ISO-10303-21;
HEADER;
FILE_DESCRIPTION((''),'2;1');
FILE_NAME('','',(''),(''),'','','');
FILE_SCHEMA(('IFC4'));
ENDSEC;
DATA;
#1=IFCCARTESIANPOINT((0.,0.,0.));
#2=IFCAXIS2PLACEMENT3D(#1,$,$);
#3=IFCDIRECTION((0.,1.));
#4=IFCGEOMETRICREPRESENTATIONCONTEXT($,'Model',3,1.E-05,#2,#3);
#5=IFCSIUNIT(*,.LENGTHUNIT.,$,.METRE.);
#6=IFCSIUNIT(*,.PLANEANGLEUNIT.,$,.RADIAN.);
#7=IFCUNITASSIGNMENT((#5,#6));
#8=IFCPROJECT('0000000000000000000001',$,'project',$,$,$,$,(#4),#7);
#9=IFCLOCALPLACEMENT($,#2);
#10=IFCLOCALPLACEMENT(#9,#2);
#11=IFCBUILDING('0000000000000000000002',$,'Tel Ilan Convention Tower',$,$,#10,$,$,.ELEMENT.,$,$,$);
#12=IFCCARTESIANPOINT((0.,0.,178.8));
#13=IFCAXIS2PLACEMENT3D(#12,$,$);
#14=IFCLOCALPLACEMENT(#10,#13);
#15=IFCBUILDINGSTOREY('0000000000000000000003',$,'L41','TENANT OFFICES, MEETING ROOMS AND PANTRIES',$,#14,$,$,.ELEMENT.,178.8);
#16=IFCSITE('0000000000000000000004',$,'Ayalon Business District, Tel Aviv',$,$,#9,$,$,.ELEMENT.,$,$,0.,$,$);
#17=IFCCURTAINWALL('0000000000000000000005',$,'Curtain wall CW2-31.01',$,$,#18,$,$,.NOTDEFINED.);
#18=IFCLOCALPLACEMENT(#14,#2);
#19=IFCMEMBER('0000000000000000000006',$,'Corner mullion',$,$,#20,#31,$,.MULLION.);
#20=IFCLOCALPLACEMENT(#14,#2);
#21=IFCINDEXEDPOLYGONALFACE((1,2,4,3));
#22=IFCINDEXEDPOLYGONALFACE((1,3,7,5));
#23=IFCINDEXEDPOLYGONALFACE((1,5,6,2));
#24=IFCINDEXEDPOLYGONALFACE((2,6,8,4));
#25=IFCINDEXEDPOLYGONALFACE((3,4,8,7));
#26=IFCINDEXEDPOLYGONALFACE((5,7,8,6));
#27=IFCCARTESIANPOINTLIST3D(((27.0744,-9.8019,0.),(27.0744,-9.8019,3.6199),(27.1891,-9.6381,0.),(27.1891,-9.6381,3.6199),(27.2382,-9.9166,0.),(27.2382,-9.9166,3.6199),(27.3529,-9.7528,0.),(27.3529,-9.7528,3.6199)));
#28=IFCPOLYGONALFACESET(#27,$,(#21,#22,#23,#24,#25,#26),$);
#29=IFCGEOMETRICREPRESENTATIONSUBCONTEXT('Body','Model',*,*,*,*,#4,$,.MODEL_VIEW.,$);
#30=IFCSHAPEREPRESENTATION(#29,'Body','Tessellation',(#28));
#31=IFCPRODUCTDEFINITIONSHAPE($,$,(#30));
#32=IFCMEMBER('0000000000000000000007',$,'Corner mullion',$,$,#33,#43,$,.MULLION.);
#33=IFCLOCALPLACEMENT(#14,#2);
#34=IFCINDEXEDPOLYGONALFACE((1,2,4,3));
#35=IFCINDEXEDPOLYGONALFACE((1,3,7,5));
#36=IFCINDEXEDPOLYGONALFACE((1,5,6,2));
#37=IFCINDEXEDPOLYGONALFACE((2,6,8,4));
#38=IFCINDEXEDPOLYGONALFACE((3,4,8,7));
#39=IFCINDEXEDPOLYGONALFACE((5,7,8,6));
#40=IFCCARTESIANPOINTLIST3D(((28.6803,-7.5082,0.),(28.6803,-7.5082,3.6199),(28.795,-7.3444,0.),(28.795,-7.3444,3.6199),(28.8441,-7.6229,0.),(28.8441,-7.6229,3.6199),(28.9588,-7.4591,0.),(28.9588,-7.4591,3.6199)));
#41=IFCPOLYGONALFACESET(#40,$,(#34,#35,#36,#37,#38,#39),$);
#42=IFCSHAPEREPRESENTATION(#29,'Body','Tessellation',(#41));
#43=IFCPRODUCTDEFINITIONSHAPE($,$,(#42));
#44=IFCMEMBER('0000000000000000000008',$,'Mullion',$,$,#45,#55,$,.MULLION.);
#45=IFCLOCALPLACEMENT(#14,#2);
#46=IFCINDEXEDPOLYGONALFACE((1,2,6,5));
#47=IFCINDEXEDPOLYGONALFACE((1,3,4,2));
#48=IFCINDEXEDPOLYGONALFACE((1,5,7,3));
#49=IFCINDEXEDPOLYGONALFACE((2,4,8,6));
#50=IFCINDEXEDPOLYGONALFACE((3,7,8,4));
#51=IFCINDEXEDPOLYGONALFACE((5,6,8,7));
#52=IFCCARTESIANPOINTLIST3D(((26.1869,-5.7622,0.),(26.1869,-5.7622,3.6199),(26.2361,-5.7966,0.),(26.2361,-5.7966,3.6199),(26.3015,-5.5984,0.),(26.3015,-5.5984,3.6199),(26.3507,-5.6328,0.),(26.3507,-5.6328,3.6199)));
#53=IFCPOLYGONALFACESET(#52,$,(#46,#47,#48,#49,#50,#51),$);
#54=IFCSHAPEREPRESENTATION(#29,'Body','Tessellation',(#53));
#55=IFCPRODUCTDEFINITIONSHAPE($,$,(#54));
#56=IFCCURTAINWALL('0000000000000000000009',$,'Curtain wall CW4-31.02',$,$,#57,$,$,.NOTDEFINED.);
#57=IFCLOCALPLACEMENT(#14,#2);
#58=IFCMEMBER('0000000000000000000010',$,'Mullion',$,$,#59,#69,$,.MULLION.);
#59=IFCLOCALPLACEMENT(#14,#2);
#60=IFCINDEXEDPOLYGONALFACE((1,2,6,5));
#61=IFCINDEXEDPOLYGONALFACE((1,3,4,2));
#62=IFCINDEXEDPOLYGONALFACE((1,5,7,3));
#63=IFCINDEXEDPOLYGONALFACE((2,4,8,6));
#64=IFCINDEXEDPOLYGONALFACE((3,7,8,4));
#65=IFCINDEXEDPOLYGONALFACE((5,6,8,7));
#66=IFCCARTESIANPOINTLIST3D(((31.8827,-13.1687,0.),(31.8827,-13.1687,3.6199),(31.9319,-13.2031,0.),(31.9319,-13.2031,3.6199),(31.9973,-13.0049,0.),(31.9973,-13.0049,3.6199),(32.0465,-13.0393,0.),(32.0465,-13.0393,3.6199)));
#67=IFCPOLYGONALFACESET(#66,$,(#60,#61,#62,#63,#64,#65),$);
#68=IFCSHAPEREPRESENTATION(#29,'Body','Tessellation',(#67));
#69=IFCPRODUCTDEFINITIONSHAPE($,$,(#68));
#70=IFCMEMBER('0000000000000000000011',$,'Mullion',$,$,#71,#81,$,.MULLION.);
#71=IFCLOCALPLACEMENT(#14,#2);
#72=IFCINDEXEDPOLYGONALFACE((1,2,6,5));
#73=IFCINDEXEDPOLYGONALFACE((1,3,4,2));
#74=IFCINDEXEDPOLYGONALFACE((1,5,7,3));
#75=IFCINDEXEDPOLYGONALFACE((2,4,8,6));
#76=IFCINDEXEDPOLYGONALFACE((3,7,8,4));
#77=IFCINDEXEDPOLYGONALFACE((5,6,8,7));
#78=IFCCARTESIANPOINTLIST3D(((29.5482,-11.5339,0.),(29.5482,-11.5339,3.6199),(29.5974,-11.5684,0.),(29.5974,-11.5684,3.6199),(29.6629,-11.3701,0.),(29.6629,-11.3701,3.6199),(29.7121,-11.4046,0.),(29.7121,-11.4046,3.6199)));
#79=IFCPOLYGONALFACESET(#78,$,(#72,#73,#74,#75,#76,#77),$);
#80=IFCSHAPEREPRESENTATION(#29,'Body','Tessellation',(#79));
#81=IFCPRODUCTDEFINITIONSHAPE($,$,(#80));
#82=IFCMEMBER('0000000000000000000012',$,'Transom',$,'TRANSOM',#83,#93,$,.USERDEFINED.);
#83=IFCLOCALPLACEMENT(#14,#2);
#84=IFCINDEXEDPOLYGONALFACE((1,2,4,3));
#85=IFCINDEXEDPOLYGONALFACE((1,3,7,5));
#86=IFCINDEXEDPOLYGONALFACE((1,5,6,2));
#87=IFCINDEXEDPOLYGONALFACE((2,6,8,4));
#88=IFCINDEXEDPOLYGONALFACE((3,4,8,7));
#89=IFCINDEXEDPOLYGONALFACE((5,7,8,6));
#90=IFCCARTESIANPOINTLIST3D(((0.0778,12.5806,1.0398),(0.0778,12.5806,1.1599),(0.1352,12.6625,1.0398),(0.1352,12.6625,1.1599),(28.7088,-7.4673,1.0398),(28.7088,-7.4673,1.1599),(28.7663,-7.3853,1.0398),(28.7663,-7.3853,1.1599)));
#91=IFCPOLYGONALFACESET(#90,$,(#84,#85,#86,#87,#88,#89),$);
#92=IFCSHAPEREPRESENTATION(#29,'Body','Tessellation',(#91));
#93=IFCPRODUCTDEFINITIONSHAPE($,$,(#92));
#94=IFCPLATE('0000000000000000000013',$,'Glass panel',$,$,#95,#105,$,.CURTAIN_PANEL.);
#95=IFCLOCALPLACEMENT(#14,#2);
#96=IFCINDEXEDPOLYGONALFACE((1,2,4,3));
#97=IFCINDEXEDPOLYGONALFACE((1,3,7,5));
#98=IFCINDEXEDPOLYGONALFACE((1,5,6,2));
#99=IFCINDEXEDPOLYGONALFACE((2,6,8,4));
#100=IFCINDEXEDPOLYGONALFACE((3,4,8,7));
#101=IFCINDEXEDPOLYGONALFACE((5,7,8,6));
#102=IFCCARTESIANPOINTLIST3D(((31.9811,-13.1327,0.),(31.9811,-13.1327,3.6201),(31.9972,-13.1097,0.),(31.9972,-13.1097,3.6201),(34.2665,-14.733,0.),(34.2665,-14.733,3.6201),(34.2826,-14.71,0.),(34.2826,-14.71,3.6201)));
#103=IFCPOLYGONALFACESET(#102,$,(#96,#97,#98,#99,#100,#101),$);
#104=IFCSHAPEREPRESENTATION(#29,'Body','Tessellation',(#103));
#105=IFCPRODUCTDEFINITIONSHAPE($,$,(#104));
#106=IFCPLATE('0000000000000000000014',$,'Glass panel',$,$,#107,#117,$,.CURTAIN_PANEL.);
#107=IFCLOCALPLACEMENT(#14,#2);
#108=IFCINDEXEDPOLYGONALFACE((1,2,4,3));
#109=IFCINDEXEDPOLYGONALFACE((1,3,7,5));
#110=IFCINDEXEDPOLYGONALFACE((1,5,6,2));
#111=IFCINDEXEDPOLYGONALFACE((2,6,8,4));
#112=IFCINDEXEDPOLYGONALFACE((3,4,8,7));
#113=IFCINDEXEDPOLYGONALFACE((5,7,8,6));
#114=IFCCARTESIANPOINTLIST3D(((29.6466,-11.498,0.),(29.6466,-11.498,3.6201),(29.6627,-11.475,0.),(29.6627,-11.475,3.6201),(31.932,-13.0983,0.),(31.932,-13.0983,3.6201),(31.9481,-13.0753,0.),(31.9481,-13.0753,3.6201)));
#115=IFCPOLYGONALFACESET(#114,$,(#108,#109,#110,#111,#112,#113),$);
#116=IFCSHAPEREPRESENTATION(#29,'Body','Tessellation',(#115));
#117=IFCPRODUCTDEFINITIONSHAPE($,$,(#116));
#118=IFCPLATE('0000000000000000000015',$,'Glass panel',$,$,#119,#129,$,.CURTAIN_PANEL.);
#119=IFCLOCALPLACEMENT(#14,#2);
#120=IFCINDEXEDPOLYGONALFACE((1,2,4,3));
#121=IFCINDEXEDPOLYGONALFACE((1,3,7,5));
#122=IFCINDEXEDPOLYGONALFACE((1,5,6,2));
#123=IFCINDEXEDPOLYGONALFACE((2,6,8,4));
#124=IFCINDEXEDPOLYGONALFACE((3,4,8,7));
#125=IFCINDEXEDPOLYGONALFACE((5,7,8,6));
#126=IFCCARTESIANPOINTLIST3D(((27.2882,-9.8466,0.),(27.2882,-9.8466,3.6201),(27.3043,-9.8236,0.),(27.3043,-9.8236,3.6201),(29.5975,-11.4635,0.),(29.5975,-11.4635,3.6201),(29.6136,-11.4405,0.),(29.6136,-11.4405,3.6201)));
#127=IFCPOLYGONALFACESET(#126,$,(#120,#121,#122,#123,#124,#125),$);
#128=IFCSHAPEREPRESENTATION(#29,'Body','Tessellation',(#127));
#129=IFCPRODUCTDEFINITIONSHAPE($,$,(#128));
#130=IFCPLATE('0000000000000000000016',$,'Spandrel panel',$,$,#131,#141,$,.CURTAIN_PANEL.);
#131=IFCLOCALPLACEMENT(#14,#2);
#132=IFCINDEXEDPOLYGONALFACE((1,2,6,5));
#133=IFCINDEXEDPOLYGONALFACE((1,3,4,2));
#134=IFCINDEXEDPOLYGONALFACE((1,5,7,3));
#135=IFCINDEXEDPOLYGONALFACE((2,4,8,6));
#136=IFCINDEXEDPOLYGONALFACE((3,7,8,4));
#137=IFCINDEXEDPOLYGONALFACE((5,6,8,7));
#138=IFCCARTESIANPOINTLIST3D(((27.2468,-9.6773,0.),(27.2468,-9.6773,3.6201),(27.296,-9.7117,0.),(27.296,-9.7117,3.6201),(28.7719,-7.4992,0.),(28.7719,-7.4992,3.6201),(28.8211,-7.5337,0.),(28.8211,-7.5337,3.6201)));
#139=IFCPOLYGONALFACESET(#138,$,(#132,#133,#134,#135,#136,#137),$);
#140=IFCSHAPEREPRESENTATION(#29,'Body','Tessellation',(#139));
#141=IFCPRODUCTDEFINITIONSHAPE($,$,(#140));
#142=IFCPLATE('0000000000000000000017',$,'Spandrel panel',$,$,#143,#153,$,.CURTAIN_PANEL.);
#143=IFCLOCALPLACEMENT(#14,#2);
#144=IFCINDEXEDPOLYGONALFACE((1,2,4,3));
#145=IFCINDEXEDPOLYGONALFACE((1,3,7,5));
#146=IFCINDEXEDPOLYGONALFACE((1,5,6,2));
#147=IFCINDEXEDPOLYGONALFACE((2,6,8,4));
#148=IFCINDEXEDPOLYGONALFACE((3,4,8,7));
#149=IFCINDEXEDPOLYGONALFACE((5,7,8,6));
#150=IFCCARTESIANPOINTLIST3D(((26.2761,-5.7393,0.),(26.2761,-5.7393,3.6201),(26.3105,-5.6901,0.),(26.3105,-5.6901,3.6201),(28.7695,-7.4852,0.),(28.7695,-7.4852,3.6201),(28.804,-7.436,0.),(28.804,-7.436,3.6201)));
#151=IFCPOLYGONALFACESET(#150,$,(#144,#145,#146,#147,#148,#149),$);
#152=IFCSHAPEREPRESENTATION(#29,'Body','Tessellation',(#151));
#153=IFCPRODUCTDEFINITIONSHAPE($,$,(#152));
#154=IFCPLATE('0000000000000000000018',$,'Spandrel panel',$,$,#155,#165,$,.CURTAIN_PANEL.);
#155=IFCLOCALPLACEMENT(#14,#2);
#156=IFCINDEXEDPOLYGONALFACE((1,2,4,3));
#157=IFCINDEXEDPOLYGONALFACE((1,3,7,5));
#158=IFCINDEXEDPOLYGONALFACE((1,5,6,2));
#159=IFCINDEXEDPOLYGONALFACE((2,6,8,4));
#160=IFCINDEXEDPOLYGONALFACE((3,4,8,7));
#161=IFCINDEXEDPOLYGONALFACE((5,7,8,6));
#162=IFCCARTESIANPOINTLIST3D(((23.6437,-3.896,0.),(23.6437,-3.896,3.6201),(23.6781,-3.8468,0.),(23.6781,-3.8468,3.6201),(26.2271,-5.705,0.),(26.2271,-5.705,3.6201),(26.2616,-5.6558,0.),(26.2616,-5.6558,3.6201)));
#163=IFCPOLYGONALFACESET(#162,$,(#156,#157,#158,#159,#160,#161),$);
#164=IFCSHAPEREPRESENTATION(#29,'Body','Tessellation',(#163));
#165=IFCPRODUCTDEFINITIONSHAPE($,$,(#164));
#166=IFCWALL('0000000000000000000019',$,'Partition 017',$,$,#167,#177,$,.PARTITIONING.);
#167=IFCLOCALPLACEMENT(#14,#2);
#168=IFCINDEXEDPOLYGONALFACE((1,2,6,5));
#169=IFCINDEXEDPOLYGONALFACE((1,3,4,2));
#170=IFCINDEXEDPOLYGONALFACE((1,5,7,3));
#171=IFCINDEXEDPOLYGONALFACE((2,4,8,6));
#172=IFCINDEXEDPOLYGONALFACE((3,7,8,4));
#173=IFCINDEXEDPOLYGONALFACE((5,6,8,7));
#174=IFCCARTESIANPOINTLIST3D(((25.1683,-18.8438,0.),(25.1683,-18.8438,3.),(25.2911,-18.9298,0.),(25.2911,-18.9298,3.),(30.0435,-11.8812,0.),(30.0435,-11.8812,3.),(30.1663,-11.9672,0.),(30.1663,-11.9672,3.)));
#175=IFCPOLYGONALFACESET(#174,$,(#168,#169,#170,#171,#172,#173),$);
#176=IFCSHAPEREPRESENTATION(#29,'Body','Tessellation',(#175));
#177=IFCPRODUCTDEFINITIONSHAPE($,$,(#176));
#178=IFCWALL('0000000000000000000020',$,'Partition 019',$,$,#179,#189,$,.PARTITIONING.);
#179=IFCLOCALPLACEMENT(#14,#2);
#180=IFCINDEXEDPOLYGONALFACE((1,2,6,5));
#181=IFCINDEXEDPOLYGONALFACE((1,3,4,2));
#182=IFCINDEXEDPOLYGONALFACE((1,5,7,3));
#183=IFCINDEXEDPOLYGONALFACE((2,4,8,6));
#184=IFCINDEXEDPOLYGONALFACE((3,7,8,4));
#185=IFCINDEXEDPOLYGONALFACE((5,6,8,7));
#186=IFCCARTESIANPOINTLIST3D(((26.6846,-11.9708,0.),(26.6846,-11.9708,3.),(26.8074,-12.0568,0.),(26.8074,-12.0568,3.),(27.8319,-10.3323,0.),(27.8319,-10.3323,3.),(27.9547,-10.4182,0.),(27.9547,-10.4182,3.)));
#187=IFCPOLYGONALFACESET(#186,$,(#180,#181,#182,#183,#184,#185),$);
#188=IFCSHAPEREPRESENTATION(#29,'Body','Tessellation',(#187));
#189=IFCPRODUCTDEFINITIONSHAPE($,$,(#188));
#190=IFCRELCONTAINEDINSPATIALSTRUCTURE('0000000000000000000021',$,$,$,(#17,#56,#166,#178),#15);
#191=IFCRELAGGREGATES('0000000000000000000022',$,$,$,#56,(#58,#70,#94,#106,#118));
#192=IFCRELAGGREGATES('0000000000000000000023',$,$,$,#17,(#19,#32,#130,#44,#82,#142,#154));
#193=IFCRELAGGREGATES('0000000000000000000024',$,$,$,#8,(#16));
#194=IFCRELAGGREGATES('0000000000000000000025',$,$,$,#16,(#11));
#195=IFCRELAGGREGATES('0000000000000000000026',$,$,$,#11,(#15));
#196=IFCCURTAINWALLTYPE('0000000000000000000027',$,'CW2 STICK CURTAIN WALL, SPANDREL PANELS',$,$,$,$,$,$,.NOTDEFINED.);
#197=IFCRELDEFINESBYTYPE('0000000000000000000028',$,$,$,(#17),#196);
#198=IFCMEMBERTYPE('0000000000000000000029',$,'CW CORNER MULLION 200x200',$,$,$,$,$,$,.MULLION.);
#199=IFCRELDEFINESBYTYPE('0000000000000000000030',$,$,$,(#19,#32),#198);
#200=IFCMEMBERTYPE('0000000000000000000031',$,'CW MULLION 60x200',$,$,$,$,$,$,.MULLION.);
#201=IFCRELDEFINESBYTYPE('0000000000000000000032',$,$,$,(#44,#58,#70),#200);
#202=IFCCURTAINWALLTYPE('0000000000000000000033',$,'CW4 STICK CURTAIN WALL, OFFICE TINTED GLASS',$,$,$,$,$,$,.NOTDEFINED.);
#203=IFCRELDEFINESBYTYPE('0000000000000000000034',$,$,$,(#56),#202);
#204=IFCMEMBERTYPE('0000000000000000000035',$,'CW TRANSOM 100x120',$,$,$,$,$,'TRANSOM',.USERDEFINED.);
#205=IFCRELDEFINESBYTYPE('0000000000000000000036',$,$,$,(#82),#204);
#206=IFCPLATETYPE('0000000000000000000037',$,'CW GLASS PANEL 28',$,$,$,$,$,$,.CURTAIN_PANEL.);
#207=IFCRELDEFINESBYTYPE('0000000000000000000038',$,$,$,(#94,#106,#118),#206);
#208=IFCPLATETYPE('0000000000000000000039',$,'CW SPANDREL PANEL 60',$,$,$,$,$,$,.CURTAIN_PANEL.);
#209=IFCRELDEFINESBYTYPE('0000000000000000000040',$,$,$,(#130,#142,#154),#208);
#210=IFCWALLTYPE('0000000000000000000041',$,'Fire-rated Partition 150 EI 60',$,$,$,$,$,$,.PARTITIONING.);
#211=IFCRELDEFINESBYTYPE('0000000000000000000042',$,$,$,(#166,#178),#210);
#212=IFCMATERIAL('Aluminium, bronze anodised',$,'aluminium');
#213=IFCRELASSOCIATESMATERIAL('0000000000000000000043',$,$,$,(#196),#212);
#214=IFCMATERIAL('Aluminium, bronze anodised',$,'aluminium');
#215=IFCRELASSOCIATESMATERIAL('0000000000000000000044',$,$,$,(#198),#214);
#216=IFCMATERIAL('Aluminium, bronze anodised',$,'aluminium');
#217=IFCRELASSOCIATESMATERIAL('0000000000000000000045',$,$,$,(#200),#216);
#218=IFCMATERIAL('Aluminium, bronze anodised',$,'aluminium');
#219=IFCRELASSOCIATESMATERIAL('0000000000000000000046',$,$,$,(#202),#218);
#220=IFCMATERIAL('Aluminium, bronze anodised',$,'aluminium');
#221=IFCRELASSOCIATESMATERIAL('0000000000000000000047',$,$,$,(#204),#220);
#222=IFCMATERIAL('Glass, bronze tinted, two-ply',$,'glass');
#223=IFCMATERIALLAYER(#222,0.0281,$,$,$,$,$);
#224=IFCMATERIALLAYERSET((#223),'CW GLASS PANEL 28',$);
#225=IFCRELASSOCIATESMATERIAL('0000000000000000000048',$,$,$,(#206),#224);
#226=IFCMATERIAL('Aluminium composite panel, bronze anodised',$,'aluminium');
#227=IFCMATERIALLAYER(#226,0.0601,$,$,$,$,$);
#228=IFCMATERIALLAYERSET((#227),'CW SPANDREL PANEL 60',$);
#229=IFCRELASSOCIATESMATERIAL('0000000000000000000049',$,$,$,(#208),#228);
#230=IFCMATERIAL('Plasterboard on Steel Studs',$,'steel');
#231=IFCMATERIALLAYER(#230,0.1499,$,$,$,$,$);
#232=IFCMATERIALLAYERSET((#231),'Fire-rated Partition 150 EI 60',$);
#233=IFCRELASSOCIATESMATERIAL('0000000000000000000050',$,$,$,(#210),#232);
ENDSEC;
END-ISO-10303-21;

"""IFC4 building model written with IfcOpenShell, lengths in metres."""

from ifc_helpers import new_model, si_unit, direction, frame, frame_2d, origin, origin_2d, place, context, subcontext, project, spatial, rectangle, extrude, material, layer, layer_set, material_profile, profile_set, type_object, element, aggregate, save


model = new_model("IFC4")

# Units and contexts
model_context = context("Model", 3, precision=1e-05, world=origin(), true_north=direction((0.0, 1.0)))
body_context = subcontext(model_context, "Body", "Model", "MODEL_VIEW")
ifc_project = project(units=[si_unit("LENGTHUNIT", "METRE"), si_unit("PLANEANGLEUNIT", "RADIAN")], contexts=[model_context])

# Site, building, storey
site_placement = place(None, origin())
site = spatial("IfcSite", under=ifc_project, at=site_placement, Name="Ayalon Business District, Tel Aviv", CompositionType="ELEMENT", RefElevation=0.0)
building_placement = place(site_placement, origin())
building = spatial("IfcBuilding", under=site, at=building_placement, Name="Tel Ilan Convention Tower", CompositionType="ELEMENT")
storey_placement = place(building_placement, frame((0.0, 0.0, 178.8)))
storey = spatial("IfcBuildingStorey", under=building, at=storey_placement, Name="L41", Description="TENANT OFFICES, MEETING ROOMS AND PANTRIES", CompositionType="ELEMENT", Elevation=178.8)

# Curtain walls, members
ifc_material_1 = material(Name="Aluminium, bronze anodised", Category="aluminium")
curtain_wall_type_1 = type_object("IfcCurtainWallType", Name="CW2 STICK CURTAIN WALL, SPANDREL PANELS", PredefinedType="NOTDEFINED", material=ifc_material_1)
curtain_wall_1_placement = place(storey_placement, origin())
curtain_wall_1 = element("IfcCurtainWall", 1, at=curtain_wall_1_placement, inside=storey, type_object=curtain_wall_type_1, Name="Curtain wall CW2-31.01", PredefinedType="NOTDEFINED")
ifc_material_2 = material(Name="Aluminium, bronze anodised", Category="aluminium")
ifc_material_profile_1 = material_profile(ifc_material_2, rectangle(XDim=0.2, YDim=0.2, at=origin_2d()), Name="CW CORNER MULLION 200x200")
ifc_profile_set_1 = profile_set([ifc_material_profile_1], Name="Aluminium, bronze anodised")
member_type_1 = type_object("IfcMemberType", Name="CW CORNER MULLION 200x200", PredefinedType="MULLION", material=ifc_profile_set_1)
member_1_placement = place(storey_placement, frame((27.2136, -9.7773, 0.0), z_axis=(0.0, 0.0, 1.0), x_axis=(-0.819152, 0.573576, 0.0)))
member_1 = element("IfcMember", 2, at=member_1_placement, type_object=member_type_1, Name="Corner mullion", PredefinedType="MULLION", context=body_context, shape_type="SweptSolid", body=[
    extrude(rectangle(XDim=0.2, YDim=0.2, at=origin_2d()), origin(), (0.0, 0.0, 1.0), 3.6199),
])
member_2_placement = place(storey_placement, frame((28.8196, -7.4836, 0.0), z_axis=(0.0, 0.0, 1.0), x_axis=(0.573576, 0.819152, 0.0)))
member_2 = element("IfcMember", 3, at=member_2_placement, type_object=member_type_1, Name="Corner mullion", PredefinedType="MULLION", context=body_context, shape_type="SweptSolid", body=[
    extrude(rectangle(XDim=0.2, YDim=0.2, at=origin_2d()), origin(), (0.0, 0.0, 1.0), 3.6199),
])
ifc_material_3 = material(Name="Aluminium, bronze anodised", Category="aluminium")
ifc_material_profile_2 = material_profile(ifc_material_3, rectangle(XDim=0.0601, YDim=0.2, at=origin_2d()), Name="CW MULLION 60x200")
ifc_profile_set_2 = profile_set([ifc_material_profile_2], Name="Aluminium, bronze anodised")
member_type_2 = type_object("IfcMemberType", Name="CW MULLION 60x200", PredefinedType="MULLION", material=ifc_profile_set_2)
member_3_placement = place(storey_placement, frame((26.2688, -5.6975, 0.0), z_axis=(0.0, 0.0, 1.0), x_axis=(-0.819152, 0.573576, 0.0)))
member_3 = element("IfcMember", 4, at=member_3_placement, type_object=member_type_2, Name="Mullion", PredefinedType="MULLION", context=body_context, shape_type="SweptSolid", body=[
    extrude(rectangle(XDim=0.0601, YDim=0.2, at=origin_2d()), origin(), (0.0, 0.0, 1.0), 3.6199),
])
ifc_material_4 = material(Name="Aluminium, bronze anodised", Category="aluminium")
curtain_wall_type_2 = type_object("IfcCurtainWallType", Name="CW4 STICK CURTAIN WALL, OFFICE TINTED GLASS", PredefinedType="NOTDEFINED", material=ifc_material_4)
curtain_wall_2_placement = place(storey_placement, origin())
curtain_wall_2 = element("IfcCurtainWall", 5, at=curtain_wall_2_placement, inside=storey, type_object=curtain_wall_type_2, Name="Curtain wall CW4-31.02", PredefinedType="NOTDEFINED")
member_4_placement = place(storey_placement, frame((31.9646, -13.104, 0.0), z_axis=(0.0, 0.0, 1.0), x_axis=(-0.819152, 0.573576, 0.0)))
member_4 = element("IfcMember", 6, at=member_4_placement, type_object=member_type_2, Name="Mullion", PredefinedType="MULLION", context=body_context, shape_type="SweptSolid", body=[
    extrude(rectangle(XDim=0.0601, YDim=0.2, at=origin_2d()), origin(), (0.0, 0.0, 1.0), 3.6199),
])
member_5_placement = place(storey_placement, frame((29.6301, -11.4692, 0.0), z_axis=(0.0, 0.0, 1.0), x_axis=(-0.819152, 0.573576, 0.0)))
member_5 = element("IfcMember", 7, at=member_5_placement, type_object=member_type_2, Name="Mullion", PredefinedType="MULLION", context=body_context, shape_type="SweptSolid", body=[
    extrude(rectangle(XDim=0.0601, YDim=0.2, at=origin_2d()), origin(), (0.0, 0.0, 1.0), 3.6199),
])

# Member
ifc_material_5 = material(Name="Aluminium, bronze anodised", Category="aluminium")
ifc_material_profile_3 = material_profile(ifc_material_5, rectangle(XDim=0.1001, YDim=0.1201, at=origin_2d()), Name="CW TRANSOM 100x120")
ifc_profile_set_3 = profile_set([ifc_material_profile_3], Name="Aluminium, bronze anodised")
member_type_3 = type_object("IfcMemberType", Name="CW TRANSOM 100x120", ElementType="TRANSOM", PredefinedType="USERDEFINED", material=ifc_profile_set_3)
member_6_placement = place(storey_placement, frame((28.7375, -7.4263, 1.0999), z_axis=(-0.81915, 0.573579, 0.0), x_axis=(-0.573579, -0.81915, 0.0)))
member_6 = element("IfcMember", 8, at=member_6_placement, type_object=member_type_3, Name="Transom", ObjectType="TRANSOM", PredefinedType="USERDEFINED", context=body_context, shape_type="SweptSolid", body=[
    extrude(rectangle(XDim=0.1001, YDim=0.1201, at=origin_2d()), origin(), (0.0, 0.0, 1.0), 34.9521),
])

# Plates
ifc_material_6 = material(Name="Glass, bronze tinted, two-ply", Category="glass")
ifc_layer_1 = layer(ifc_material_6, 0.0281)
ifc_layer_set_1 = layer_set([ifc_layer_1], Name="CW GLASS PANEL 28")
plate_type_1 = type_object("IfcPlateType", Name="CW GLASS PANEL 28", PredefinedType="CURTAIN_PANEL", material=ifc_layer_set_1)
plate_1_placement = place(storey_placement, frame((33.1318, -13.9214, 0.0), z_axis=(0.0, 0.0, 1.0), x_axis=(-0.819152, 0.573576, 0.0)))
plate_1 = element("IfcPlate", 9, at=plate_1_placement, type_object=plate_type_1, Name="Glass panel", PredefinedType="CURTAIN_PANEL", context=body_context, shape_type="SweptSolid", body=[
    extrude(rectangle(XDim=2.79, YDim=0.0281, at=origin_2d()), origin(), (0.0, 0.0, 1.0), 3.6201),
])
plate_2_placement = place(storey_placement, frame((30.7974, -12.2866, 0.0), z_axis=(0.0, 0.0, 1.0), x_axis=(-0.819152, 0.573576, 0.0)))
plate_2 = element("IfcPlate", 10, at=plate_2_placement, type_object=plate_type_1, Name="Glass panel", PredefinedType="CURTAIN_PANEL", context=body_context, shape_type="SweptSolid", body=[
    extrude(rectangle(XDim=2.79, YDim=0.0281, at=origin_2d()), origin(), (0.0, 0.0, 1.0), 3.6201),
])
plate_3_placement = place(storey_placement, frame((28.4509, -10.6436, 0.0), z_axis=(0.0, 0.0, 1.0), x_axis=(-0.819152, 0.573576, 0.0)))
plate_3 = element("IfcPlate", 11, at=plate_3_placement, type_object=plate_type_1, Name="Glass panel", PredefinedType="CURTAIN_PANEL", context=body_context, shape_type="SweptSolid", body=[
    extrude(rectangle(XDim=2.8191, YDim=0.0281, at=origin_2d()), origin(), (0.0, 0.0, 1.0), 3.6201),
])
aggregate(curtain_wall_2, [member_4, member_5, plate_1, plate_2, plate_3])
ifc_material_7 = material(Name="Aluminium composite panel, bronze anodised", Category="aluminium")
ifc_layer_2 = layer(ifc_material_7, 0.0601)
ifc_layer_set_2 = layer_set([ifc_layer_2], Name="CW SPANDREL PANEL 60")
plate_type_2 = type_object("IfcPlateType", Name="CW SPANDREL PANEL 60", PredefinedType="CURTAIN_PANEL", material=ifc_layer_set_2)
plate_4_placement = place(storey_placement, frame((28.0339, -8.6055, 0.0), z_axis=(0.0, 0.0, 1.0), x_axis=(0.573576, 0.819152, 0.0)))
plate_4 = element("IfcPlate", 12, at=plate_4_placement, type_object=plate_type_2, Name="Spandrel panel", PredefinedType="CURTAIN_PANEL", context=body_context, shape_type="SweptSolid", body=[
    extrude(rectangle(XDim=2.6589, YDim=0.0601, at=origin_2d()), origin(), (0.0, 0.0, 1.0), 3.6201),
])
plate_5_placement = place(storey_placement, frame((27.54, -6.5876, 0.0), z_axis=(0.0, 0.0, 1.0), x_axis=(-0.819152, 0.573576, 0.0)))
plate_5 = element("IfcPlate", 13, at=plate_5_placement, type_object=plate_type_2, Name="Spandrel panel", PredefinedType="CURTAIN_PANEL", context=body_context, shape_type="SweptSolid", body=[
    extrude(rectangle(XDim=3.0439, YDim=0.0601, at=origin_2d()), origin(), (0.0, 0.0, 1.0), 3.6201),
])
plate_6_placement = place(storey_placement, frame((24.9526, -4.7759, 0.0), z_axis=(0.0, 0.0, 1.0), x_axis=(-0.819152, 0.573576, 0.0)))
plate_6 = element("IfcPlate", 14, at=plate_6_placement, type_object=plate_type_2, Name="Spandrel panel", PredefinedType="CURTAIN_PANEL", context=body_context, shape_type="SweptSolid", body=[
    extrude(rectangle(XDim=3.1538, YDim=0.0601, at=origin_2d()), origin(), (0.0, 0.0, 1.0), 3.6201),
])
aggregate(curtain_wall_1, [member_1, member_2, plate_4, member_3, member_6, plate_5, plate_6])

# Walls
ifc_material_8 = material(Name="Plasterboard on Steel Studs", Category="steel")
ifc_layer_3 = layer(ifc_material_8, 0.1499)
ifc_layer_set_3 = layer_set([ifc_layer_3], Name="Fire-rated Partition 150 EI 60")
wall_type_1 = type_object("IfcWallType", Name="Fire-rated Partition 150 EI 60", PredefinedType="PARTITIONING", material=ifc_layer_set_3)
wall_1_placement = place(storey_placement, frame((30.105, -11.9241, 0.0), z_axis=(0.0, 0.0, 1.0), x_axis=(-0.573572, -0.819155, 0.0)))
element("IfcWall", 15, at=wall_1_placement, inside=storey, type_object=wall_type_1, Name="Partition 017", PredefinedType="PARTITIONING", context=body_context, shape_type="SweptSolid", body=[
    extrude(rectangle(XDim=8.4998, YDim=0.1499, at=frame_2d((4.25, 0.0))), origin(), (0.0, 0.0, 1.0), 3.0),
])
wall_2_placement = place(storey_placement, frame((26.7461, -12.0137, 0.0), z_axis=(0.0, 0.0, 1.0), x_axis=(0.573569, 0.819157, 0.0)))
element("IfcWall", 16, at=wall_2_placement, inside=storey, type_object=wall_type_1, Name="Partition 019", PredefinedType="PARTITIONING", context=body_context, shape_type="SweptSolid", body=[
    extrude(rectangle(XDim=2.0002, YDim=0.1499, at=frame_2d((1.0, 0.0))), origin(), (0.0, 0.0, 1.0), 3.0),
])

save(model, "model.ifc")
